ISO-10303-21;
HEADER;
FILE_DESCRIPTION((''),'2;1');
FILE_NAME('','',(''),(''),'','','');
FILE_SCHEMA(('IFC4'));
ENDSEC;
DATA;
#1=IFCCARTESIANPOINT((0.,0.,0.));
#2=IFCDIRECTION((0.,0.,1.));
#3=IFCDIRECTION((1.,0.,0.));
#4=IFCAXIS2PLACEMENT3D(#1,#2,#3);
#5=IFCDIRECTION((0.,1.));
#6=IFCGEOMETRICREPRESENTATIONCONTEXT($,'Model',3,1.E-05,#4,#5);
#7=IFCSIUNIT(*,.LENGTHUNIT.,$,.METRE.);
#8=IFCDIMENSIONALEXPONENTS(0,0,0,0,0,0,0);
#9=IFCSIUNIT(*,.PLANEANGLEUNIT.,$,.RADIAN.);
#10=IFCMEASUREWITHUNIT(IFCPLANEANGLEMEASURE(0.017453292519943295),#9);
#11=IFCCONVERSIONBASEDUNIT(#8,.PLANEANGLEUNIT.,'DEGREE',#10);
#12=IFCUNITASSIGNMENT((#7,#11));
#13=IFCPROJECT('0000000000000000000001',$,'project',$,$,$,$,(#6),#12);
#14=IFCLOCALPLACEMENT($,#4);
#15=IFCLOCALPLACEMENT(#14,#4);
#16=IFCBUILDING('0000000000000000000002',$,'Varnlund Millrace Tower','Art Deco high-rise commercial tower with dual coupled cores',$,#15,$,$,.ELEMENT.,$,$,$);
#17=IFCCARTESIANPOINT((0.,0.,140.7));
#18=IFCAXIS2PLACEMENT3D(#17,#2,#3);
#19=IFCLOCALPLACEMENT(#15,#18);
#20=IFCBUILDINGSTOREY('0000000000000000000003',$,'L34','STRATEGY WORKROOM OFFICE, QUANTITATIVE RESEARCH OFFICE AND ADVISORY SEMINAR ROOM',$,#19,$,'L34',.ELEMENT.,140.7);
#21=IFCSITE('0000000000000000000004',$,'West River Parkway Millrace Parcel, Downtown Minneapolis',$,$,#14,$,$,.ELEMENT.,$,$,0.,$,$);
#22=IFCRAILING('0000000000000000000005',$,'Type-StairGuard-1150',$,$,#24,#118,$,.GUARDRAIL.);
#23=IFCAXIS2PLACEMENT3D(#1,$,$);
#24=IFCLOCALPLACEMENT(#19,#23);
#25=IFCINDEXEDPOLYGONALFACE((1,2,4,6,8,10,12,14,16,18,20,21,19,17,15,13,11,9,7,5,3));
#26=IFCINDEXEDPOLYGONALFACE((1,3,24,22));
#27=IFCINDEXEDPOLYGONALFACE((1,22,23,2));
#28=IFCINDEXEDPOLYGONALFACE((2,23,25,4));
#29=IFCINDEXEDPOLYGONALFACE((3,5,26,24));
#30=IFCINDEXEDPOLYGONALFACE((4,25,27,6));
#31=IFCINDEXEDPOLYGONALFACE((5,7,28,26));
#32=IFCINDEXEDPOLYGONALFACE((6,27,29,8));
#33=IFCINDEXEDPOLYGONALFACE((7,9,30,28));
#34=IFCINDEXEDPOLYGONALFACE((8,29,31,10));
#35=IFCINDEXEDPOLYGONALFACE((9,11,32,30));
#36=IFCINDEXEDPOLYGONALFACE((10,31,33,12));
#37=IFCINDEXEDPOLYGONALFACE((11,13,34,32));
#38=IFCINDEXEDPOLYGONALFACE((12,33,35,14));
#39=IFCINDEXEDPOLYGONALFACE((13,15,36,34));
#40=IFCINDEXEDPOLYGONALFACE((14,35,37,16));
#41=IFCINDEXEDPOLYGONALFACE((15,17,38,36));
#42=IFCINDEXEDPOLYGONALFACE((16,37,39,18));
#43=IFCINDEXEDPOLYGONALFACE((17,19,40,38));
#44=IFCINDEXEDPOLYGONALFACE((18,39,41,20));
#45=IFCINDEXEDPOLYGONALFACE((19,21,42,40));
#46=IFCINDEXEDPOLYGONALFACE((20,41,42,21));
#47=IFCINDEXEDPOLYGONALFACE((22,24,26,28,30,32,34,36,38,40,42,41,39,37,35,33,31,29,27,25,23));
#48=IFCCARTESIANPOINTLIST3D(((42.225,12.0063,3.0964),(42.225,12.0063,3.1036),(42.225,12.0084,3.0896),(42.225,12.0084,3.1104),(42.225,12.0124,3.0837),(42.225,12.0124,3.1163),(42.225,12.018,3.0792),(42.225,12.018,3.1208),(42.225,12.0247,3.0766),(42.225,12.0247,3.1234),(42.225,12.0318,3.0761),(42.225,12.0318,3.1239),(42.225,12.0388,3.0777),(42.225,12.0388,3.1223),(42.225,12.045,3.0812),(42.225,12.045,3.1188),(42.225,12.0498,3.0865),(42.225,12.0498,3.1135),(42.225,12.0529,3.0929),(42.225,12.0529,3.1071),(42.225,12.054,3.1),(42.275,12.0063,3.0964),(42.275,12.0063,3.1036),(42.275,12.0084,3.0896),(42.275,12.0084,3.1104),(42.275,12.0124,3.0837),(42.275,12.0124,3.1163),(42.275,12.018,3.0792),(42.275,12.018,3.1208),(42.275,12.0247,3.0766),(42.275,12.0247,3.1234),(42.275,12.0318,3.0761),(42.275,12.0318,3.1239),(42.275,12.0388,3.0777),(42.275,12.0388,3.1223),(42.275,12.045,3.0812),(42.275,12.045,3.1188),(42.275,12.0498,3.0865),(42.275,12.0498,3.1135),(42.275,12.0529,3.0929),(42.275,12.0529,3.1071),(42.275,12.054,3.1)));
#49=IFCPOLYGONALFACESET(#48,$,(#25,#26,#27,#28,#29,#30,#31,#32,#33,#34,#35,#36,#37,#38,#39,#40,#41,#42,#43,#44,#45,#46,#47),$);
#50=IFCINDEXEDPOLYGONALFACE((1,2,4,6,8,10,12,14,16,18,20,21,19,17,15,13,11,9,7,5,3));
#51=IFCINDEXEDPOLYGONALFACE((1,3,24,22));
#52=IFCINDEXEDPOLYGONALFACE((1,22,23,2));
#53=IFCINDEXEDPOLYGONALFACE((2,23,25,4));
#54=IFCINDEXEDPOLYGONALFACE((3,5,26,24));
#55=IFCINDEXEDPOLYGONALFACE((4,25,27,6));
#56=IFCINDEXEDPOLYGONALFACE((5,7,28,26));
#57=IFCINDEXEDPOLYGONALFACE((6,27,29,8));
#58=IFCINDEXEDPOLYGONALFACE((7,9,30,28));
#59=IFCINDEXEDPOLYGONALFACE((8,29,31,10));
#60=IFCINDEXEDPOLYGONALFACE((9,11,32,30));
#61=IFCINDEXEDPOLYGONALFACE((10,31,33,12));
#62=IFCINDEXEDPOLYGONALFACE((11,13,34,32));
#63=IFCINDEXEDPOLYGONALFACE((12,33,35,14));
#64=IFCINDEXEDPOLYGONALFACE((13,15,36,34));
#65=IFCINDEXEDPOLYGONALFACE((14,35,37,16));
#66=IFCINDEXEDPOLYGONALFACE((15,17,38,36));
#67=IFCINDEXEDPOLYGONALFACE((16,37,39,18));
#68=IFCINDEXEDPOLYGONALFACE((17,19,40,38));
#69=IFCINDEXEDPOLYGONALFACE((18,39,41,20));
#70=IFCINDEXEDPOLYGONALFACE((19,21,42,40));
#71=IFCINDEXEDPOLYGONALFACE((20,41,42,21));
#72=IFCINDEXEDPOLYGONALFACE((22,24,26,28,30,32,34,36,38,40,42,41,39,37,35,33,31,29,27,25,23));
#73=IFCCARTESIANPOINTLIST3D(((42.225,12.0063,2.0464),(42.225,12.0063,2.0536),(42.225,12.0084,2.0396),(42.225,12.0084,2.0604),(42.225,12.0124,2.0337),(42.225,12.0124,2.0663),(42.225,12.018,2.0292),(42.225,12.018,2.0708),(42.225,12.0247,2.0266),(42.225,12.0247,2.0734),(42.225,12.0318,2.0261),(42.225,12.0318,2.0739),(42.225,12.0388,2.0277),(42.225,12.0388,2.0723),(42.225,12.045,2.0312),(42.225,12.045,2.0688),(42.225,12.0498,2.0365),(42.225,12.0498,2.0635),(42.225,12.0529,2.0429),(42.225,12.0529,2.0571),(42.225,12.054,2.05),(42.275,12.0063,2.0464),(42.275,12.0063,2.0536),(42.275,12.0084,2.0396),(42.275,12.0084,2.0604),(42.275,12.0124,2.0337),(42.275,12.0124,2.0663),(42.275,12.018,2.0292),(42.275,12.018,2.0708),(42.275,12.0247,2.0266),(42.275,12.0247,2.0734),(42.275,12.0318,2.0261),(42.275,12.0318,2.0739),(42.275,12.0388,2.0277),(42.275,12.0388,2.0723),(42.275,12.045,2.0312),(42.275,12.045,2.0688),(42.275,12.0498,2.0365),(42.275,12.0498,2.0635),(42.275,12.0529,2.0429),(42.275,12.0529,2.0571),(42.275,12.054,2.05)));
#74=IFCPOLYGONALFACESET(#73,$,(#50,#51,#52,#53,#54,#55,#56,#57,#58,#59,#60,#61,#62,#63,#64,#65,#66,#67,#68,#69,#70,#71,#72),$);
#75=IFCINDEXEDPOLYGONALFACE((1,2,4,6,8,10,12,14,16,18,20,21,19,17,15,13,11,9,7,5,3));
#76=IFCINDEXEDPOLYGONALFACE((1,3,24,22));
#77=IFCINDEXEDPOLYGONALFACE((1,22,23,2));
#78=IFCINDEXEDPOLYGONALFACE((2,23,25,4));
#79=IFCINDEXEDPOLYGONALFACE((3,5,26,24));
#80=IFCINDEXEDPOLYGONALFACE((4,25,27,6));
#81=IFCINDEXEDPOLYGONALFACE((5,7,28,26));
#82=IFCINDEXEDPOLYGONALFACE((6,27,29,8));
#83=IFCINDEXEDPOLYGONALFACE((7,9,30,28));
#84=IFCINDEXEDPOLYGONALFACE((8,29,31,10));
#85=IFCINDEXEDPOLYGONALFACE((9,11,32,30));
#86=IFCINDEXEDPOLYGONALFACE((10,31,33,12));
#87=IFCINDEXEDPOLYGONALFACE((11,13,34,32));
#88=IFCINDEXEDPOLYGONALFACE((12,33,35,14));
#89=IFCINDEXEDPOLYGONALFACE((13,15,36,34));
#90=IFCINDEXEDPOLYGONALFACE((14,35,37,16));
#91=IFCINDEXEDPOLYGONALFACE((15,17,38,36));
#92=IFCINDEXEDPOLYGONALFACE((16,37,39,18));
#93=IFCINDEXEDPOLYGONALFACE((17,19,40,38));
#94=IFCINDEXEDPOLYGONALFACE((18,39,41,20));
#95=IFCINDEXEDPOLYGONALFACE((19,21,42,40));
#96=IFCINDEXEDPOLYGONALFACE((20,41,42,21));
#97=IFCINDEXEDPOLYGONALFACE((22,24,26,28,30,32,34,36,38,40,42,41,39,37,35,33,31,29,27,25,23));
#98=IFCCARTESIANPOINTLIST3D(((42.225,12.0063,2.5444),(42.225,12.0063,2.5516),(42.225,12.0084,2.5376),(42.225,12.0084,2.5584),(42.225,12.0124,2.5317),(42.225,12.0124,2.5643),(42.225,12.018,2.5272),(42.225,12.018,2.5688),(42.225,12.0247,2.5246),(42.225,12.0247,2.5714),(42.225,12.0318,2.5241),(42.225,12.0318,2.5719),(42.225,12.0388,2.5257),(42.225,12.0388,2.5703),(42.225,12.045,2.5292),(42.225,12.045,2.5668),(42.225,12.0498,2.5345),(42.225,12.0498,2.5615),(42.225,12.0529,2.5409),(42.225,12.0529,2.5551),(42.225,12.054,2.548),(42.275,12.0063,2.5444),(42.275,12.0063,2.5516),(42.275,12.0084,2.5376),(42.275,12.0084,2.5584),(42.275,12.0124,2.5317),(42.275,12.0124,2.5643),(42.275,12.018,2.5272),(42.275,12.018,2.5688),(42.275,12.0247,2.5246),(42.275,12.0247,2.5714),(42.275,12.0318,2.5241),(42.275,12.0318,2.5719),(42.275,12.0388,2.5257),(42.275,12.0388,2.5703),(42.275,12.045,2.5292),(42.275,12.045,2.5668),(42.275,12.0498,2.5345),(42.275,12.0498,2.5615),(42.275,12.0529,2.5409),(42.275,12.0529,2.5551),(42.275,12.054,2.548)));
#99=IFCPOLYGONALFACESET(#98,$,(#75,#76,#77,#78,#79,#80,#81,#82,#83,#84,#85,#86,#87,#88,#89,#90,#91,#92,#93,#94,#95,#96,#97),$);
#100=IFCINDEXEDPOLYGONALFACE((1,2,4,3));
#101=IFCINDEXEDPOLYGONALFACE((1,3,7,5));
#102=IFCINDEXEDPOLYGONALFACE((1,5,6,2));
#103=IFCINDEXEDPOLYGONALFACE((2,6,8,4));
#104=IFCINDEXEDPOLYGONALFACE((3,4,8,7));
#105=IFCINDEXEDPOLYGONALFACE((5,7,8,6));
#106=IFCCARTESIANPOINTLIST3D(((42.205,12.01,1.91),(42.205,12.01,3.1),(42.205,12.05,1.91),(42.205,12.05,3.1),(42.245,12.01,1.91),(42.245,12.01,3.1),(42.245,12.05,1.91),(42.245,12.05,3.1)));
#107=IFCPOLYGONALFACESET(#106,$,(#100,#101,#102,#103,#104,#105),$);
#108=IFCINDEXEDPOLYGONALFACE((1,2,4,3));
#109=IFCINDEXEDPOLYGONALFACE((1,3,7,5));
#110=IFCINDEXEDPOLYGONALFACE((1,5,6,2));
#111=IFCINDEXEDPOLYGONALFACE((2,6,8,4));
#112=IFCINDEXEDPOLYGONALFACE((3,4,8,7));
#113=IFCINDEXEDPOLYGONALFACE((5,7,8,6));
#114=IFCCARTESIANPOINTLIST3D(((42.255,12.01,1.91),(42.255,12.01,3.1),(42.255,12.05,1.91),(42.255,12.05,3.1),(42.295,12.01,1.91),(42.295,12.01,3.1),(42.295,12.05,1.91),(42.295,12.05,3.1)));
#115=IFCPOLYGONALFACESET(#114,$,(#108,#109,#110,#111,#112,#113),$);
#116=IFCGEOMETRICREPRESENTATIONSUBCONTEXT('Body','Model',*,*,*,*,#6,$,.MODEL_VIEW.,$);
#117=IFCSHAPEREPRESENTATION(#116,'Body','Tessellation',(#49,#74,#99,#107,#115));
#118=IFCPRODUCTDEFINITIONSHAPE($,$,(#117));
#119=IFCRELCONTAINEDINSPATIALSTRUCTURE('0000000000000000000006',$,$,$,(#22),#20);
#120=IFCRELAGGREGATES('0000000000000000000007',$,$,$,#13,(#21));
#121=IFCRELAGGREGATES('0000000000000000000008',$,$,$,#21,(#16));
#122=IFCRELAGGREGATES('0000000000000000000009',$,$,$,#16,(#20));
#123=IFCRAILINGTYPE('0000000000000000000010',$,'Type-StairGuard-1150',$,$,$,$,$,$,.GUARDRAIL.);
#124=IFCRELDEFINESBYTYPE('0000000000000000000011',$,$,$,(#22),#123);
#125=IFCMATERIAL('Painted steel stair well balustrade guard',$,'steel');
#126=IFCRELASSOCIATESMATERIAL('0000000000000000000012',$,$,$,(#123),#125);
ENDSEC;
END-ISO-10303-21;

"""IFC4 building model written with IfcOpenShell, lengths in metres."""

from ifc_helpers import new_model, entity, si_unit, converted_unit, direction, frame, origin_with_axes, origin_2d_with_axis, place, context, subcontext, project, spatial, rectangle, circle, extrude, material, type_object, element, save


model = new_model("IFC4")

# Units and contexts
model_context = context("Model", 3, precision=1e-05, world=origin_with_axes(), true_north=direction((0.0, 1.0)))
body_context = subcontext(model_context, "Body", "Model", "MODEL_VIEW")
ifc_project = project(units=[si_unit("LENGTHUNIT", "METRE"), converted_unit("PLANEANGLEUNIT", "DEGREE", entity("IfcPlaneAngleMeasure", 0.017453292519943295), si_unit("PLANEANGLEUNIT", "RADIAN"), dimensions=[0, 0, 0, 0, 0, 0, 0])], contexts=[model_context])

# Site, building, storey
site_placement = place(None, origin_with_axes())
site = spatial("IfcSite", under=ifc_project, at=site_placement, Name="West River Parkway Millrace Parcel, Downtown Minneapolis", CompositionType="ELEMENT", RefElevation=0.0)
building_placement = place(site_placement, origin_with_axes())
building = spatial("IfcBuilding", under=site, at=building_placement, Name="Varnlund Millrace Tower", Description="Art Deco high-rise commercial tower with dual coupled cores", CompositionType="ELEMENT")
storey_placement = place(building_placement, frame((0.0, 0.0, 140.7), z_axis=(0.0, 0.0, 1.0), x_axis=(1.0, 0.0, 0.0)))
storey = spatial("IfcBuildingStorey", under=building, at=storey_placement, Name="L34", Description="STRATEGY WORKROOM OFFICE, QUANTITATIVE RESEARCH OFFICE AND ADVISORY SEMINAR ROOM", LongName="L34", CompositionType="ELEMENT", Elevation=140.7)

# Railing
ifc_material_1 = material(Name="Painted steel stair well balustrade guard", Category="steel")
railing_type_1 = type_object("IfcRailingType", Name="Type-StairGuard-1150", PredefinedType="GUARDRAIL", material=ifc_material_1)
railing_1_placement = place(storey_placement, frame((0.0, 0.0, -140.7), z_axis=(0.0, 0.0, 1.0), x_axis=(1.0, 0.0, 0.0)))
element("IfcRailing", 1, at=railing_1_placement, inside=storey, type_object=railing_type_1, Name="Type-StairGuard-1150", PredefinedType="GUARDRAIL", context=body_context, shape_type="SweptSolid", body=[
    extrude(circle(Radius=0.024, at=origin_2d_with_axis()), frame((42.225, 12.03, 143.8), z_axis=(1.0, 0.0, 0.0), x_axis=(0.0, 1.0, 0.0)), (0.0, 0.0, 1.0), 0.05),
    extrude(circle(Radius=0.024, at=origin_2d_with_axis()), frame((42.225, 12.03, 142.75), z_axis=(1.0, 0.0, 0.0), x_axis=(0.0, 1.0, 0.0)), (0.0, 0.0, 1.0), 0.05),
    extrude(circle(Radius=0.024, at=origin_2d_with_axis()), frame((42.225, 12.03, 143.248), z_axis=(1.0, 0.0, 0.0), x_axis=(0.0, 1.0, 0.0)), (0.0, 0.0, 1.0), 0.05),
    extrude(rectangle(XDim=0.04, YDim=0.04, at=origin_2d_with_axis()), frame((42.225, 12.03, 142.61), z_axis=(0.0, 0.0, 1.0), x_axis=(1.0, 0.0, 0.0)), (0.0, 0.0, 1.0), 1.19),
    extrude(rectangle(XDim=0.04, YDim=0.04, at=origin_2d_with_axis()), frame((42.275, 12.03, 142.61), z_axis=(0.0, 0.0, 1.0), x_axis=(1.0, 0.0, 0.0)), (0.0, 0.0, 1.0), 1.19),
])

save(model, "model.ifc")
